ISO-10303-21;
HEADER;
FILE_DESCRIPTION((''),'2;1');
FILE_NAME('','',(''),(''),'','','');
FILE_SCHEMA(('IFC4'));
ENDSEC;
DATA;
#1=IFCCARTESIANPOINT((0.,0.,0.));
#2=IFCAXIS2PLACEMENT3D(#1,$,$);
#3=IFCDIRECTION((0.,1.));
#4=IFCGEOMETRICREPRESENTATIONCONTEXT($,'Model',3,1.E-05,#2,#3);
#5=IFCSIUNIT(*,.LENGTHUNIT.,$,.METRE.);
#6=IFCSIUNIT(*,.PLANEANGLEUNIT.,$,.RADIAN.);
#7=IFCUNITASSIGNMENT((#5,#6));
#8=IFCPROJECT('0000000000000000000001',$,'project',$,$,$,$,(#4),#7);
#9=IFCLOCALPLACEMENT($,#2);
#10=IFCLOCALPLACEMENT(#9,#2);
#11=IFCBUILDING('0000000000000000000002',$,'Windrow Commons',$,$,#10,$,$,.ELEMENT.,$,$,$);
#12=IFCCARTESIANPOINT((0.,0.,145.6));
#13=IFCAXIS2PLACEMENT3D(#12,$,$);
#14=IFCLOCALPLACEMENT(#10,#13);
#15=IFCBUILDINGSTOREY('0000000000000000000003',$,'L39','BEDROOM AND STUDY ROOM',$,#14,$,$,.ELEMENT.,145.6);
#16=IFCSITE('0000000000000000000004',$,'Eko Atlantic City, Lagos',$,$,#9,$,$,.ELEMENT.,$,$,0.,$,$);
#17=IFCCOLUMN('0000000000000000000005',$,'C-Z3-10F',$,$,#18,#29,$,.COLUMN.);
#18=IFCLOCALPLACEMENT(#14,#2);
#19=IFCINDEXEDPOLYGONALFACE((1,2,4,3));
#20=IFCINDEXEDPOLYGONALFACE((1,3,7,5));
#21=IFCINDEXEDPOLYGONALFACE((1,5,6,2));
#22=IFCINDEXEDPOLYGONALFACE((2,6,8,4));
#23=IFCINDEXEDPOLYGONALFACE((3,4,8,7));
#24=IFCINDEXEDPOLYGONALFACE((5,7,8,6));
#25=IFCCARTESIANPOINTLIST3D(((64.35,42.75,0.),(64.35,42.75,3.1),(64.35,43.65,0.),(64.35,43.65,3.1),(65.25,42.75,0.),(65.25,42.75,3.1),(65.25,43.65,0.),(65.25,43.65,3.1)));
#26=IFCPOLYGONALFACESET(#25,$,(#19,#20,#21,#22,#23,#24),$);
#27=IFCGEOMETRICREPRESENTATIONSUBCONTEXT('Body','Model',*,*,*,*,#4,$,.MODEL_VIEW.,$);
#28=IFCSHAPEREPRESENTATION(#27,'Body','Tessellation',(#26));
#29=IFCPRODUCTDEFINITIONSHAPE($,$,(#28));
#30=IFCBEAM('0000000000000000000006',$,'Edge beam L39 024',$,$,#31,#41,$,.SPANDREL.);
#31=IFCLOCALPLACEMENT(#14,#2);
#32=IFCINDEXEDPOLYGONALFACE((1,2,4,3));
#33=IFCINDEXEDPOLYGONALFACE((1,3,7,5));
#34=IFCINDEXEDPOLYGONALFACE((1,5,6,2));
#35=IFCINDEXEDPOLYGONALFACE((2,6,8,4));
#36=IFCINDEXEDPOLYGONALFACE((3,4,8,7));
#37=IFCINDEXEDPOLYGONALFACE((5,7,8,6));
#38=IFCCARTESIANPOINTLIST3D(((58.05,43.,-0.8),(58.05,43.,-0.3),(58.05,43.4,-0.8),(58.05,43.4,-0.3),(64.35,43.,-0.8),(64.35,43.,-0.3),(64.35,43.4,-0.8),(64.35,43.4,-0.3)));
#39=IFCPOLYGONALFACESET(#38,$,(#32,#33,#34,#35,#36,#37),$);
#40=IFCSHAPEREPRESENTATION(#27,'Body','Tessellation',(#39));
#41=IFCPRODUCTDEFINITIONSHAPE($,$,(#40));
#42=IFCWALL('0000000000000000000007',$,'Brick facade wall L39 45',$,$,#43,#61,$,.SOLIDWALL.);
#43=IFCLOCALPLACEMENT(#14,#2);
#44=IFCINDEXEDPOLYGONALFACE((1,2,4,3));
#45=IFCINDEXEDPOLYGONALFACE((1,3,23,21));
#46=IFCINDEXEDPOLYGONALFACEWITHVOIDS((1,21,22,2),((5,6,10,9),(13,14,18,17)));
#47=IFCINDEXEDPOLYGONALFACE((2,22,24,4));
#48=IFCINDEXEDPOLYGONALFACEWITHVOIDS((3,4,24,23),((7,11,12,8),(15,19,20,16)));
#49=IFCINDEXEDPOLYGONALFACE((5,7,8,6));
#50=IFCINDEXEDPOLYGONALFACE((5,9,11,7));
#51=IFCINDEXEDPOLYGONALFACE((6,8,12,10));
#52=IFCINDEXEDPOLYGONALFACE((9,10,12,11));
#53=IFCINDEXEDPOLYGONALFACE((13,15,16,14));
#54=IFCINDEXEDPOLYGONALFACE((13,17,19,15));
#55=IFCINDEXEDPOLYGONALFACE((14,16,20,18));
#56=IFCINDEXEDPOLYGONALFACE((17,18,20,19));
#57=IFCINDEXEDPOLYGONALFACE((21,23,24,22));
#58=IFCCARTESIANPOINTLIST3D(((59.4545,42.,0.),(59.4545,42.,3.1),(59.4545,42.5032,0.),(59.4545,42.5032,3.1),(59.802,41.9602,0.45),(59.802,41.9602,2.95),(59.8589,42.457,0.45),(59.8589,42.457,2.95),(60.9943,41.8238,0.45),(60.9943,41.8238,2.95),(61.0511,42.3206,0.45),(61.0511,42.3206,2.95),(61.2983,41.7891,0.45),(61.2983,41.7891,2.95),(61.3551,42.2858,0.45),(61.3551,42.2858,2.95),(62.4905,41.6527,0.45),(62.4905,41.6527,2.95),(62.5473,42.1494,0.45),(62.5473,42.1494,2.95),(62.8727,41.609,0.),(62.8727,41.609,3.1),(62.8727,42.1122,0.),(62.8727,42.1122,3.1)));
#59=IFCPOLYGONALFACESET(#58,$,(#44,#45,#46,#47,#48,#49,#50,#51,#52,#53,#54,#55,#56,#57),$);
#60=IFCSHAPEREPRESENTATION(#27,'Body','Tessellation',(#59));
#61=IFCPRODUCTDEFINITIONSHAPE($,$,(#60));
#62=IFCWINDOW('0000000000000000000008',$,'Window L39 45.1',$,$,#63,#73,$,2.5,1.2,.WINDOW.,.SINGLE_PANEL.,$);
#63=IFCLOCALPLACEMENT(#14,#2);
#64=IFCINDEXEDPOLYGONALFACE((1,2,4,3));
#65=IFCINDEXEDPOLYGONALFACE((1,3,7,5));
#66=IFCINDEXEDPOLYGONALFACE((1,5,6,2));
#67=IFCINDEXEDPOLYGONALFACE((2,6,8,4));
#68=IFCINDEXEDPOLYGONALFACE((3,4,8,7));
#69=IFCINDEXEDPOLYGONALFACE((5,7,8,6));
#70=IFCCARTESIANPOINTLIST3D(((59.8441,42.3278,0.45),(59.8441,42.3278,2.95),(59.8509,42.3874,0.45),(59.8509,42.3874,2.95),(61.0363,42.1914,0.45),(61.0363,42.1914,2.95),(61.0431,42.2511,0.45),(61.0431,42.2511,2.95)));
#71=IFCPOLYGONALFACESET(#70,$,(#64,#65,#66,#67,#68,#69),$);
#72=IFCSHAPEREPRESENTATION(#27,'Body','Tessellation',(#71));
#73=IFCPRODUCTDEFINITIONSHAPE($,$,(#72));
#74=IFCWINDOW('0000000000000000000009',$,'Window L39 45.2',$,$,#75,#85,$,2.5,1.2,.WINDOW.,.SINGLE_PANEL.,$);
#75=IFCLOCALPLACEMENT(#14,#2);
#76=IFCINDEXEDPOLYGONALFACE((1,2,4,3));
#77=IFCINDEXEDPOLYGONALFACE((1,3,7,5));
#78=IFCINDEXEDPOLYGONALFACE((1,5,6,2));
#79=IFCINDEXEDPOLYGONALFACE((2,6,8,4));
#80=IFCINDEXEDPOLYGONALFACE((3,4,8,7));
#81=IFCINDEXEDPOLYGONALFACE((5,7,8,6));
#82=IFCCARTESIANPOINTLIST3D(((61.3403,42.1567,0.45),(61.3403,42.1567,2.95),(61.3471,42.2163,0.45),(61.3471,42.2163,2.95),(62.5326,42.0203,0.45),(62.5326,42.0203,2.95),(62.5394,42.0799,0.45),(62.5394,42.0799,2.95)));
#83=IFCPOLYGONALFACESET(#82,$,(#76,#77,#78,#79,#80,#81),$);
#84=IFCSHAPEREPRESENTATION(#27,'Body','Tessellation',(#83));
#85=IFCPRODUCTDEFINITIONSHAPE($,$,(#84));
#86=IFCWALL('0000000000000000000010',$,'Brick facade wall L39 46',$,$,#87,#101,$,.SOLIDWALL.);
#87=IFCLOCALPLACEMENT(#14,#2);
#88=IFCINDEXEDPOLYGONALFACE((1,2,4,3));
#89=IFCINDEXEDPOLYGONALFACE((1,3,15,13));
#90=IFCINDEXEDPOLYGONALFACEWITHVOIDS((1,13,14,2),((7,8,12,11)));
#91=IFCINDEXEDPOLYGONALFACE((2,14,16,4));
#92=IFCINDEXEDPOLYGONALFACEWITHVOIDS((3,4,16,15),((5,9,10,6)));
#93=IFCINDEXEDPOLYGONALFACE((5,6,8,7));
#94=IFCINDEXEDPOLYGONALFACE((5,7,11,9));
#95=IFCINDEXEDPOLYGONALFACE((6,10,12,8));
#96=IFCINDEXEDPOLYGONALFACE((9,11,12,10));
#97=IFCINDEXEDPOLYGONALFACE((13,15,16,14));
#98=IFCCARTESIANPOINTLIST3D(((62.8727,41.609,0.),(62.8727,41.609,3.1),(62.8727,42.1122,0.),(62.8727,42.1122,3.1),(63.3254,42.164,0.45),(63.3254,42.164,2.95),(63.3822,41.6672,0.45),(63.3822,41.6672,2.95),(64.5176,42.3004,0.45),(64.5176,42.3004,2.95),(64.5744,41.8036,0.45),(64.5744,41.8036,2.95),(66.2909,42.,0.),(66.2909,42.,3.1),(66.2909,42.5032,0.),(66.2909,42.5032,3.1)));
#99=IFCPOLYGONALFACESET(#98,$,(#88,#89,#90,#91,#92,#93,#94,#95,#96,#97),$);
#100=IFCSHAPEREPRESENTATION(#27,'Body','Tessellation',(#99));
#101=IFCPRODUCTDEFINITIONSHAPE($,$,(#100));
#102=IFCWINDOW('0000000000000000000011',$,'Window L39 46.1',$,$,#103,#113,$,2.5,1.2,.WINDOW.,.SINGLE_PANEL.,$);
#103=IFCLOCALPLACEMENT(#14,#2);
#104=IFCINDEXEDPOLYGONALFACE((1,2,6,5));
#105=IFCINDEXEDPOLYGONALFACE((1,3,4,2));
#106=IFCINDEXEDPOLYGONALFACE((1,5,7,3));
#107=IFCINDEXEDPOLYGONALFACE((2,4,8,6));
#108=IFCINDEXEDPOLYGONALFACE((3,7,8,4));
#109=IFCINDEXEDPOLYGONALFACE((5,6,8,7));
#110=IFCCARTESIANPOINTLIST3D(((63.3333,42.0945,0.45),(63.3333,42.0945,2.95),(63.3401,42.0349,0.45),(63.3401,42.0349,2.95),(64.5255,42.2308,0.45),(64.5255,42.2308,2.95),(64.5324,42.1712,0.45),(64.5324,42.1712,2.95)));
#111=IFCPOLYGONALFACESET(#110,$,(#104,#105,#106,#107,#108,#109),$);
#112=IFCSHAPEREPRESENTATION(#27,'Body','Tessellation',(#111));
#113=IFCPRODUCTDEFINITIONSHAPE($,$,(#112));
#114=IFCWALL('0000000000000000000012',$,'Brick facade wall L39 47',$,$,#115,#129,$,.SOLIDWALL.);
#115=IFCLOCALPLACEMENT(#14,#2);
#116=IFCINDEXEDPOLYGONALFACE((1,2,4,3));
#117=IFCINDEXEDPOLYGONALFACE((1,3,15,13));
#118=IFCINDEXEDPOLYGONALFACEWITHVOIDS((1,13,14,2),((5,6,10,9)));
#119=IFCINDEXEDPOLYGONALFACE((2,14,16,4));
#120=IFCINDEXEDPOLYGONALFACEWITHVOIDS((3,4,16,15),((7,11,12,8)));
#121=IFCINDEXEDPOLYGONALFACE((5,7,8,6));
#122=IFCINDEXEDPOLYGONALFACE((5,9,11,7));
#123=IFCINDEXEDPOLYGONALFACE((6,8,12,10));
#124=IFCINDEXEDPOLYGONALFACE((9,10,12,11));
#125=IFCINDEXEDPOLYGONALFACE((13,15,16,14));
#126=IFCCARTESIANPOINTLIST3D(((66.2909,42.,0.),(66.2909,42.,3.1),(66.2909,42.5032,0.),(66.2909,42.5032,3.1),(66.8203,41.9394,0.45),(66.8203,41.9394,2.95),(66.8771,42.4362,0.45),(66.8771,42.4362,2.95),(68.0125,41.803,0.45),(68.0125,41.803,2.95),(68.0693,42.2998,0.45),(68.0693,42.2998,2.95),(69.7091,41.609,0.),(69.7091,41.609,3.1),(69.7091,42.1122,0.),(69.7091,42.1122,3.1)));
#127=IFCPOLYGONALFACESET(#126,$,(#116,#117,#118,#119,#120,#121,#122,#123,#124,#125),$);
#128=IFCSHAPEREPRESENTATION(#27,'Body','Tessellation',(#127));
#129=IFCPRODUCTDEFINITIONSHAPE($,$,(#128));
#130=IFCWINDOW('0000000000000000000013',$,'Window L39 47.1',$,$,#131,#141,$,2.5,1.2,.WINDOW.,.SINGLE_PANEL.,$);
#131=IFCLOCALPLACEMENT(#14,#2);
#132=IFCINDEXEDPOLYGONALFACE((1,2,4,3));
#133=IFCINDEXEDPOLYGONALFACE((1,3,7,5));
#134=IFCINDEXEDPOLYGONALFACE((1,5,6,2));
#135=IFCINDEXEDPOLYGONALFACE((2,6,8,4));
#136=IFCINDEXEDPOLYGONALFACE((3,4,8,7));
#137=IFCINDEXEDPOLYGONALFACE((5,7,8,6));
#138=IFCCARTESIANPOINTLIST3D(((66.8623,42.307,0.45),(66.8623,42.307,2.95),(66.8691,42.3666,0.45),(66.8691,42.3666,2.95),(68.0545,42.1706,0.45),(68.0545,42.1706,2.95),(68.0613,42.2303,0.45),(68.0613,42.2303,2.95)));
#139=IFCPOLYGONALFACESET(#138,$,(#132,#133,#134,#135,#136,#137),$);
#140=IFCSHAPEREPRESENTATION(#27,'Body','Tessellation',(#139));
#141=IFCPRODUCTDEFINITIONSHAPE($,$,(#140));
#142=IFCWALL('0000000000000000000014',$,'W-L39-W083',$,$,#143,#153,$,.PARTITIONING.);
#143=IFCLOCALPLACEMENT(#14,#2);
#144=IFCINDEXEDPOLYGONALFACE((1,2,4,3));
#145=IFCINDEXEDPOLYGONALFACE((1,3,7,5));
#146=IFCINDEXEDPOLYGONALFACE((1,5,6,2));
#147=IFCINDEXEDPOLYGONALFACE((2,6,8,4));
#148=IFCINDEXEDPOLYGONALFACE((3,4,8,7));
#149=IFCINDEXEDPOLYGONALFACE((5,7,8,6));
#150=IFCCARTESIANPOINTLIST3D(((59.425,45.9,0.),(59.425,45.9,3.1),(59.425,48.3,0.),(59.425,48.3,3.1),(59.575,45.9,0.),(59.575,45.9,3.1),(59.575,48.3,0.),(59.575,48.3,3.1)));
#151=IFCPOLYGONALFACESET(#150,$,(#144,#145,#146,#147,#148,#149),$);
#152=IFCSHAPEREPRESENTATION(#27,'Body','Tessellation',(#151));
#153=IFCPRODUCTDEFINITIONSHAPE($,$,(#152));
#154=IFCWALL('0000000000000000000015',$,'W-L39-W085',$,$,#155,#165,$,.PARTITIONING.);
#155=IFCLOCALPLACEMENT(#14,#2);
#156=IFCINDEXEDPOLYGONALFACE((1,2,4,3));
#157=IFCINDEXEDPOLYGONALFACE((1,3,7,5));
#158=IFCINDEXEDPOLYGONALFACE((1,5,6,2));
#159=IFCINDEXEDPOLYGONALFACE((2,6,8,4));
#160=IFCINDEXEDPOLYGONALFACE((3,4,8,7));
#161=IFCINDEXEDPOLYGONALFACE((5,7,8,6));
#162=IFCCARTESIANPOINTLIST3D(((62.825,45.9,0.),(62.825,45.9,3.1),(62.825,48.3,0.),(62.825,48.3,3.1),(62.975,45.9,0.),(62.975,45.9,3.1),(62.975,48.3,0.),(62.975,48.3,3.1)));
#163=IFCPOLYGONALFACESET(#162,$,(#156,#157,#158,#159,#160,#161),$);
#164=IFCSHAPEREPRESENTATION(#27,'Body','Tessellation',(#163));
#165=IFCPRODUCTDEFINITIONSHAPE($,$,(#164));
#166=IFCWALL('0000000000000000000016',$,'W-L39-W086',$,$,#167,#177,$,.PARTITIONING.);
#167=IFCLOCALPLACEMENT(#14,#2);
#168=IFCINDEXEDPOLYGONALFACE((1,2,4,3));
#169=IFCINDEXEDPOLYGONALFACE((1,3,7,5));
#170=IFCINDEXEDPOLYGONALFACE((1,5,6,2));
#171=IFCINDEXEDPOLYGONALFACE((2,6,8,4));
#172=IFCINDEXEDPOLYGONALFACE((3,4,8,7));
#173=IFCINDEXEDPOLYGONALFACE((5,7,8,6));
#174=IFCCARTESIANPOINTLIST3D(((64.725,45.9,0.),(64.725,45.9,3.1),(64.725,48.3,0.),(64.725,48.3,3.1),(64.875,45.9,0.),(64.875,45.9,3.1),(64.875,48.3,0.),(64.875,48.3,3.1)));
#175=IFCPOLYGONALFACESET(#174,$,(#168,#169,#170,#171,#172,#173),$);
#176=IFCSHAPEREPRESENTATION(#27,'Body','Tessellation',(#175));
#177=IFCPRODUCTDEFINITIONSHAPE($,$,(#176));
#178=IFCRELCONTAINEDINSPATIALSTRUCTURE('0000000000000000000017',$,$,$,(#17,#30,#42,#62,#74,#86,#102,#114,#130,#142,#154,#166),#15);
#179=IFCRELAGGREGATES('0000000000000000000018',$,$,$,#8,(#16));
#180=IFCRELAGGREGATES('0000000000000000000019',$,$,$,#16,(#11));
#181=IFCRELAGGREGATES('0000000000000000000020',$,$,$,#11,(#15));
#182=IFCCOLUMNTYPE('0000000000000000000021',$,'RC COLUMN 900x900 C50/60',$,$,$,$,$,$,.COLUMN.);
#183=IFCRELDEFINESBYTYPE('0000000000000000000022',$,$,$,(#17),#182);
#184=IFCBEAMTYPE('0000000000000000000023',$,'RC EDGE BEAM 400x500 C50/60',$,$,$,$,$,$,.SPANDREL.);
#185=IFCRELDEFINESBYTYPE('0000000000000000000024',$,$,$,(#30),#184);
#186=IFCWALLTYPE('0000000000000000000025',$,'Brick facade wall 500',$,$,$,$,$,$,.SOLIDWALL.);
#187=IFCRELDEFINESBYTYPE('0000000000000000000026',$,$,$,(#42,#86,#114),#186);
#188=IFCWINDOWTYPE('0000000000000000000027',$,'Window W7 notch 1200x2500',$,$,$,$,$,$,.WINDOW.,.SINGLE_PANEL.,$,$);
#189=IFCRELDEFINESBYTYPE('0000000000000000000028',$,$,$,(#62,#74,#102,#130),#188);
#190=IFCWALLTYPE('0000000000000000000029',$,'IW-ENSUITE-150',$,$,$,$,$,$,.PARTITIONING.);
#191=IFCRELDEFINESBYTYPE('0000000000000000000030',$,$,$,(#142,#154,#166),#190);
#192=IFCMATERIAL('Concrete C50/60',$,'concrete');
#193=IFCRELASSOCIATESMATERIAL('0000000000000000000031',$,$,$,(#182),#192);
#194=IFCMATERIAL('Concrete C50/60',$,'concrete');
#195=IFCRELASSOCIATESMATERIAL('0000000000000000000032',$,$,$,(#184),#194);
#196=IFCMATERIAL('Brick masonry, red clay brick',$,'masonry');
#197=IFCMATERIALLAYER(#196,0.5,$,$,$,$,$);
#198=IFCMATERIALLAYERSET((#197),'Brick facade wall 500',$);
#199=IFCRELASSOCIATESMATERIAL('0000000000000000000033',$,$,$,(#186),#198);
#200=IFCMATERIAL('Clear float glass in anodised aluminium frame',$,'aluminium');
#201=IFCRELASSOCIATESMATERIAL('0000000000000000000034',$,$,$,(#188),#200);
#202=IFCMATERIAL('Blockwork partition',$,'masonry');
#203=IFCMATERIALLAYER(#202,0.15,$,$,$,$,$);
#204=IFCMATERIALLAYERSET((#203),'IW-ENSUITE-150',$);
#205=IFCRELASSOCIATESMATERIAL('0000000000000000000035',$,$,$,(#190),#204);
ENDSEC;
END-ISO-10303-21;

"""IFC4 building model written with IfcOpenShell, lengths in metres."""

from ifc_helpers import new_model, si_unit, direction, frame, frame_2d, origin, origin_2d, place, context, subcontext, project, spatial, polyline, rectangle, outline, extrude, material, layer, layer_set, material_profile, profile_set, type_object, element, fill, save


model = new_model("IFC4")

# Units and contexts
model_context = context("Model", 3, precision=1e-05, world=origin(), true_north=direction((0.0, 1.0)))
body_context = subcontext(model_context, "Body", "Model", "MODEL_VIEW")
ifc_project = project(units=[si_unit("LENGTHUNIT", "METRE"), si_unit("PLANEANGLEUNIT", "RADIAN")], contexts=[model_context])

# Site, building, storey
site_placement = place(None, origin())
site = spatial("IfcSite", under=ifc_project, at=site_placement, Name="Eko Atlantic City, Lagos", CompositionType="ELEMENT", RefElevation=0.0)
building_placement = place(site_placement, origin())
building = spatial("IfcBuilding", under=site, at=building_placement, Name="Windrow Commons", CompositionType="ELEMENT")
storey_placement = place(building_placement, frame((0.0, 0.0, 145.6)))
storey = spatial("IfcBuildingStorey", under=building, at=storey_placement, Name="L39", Description="BEDROOM AND STUDY ROOM", CompositionType="ELEMENT", Elevation=145.6)

# Column
ifc_material_1 = material(Name="Concrete C50/60", Category="concrete")
ifc_material_profile_1 = material_profile(ifc_material_1, rectangle(XDim=0.9, YDim=0.9, at=origin_2d()))
ifc_profile_set_1 = profile_set([ifc_material_profile_1], Name="Concrete C50/60")
column_type = type_object("IfcColumnType", Name="RC COLUMN 900x900 C50/60", PredefinedType="COLUMN", material=ifc_profile_set_1)
column_placement = place(storey_placement, frame((64.8, 43.2, 0.0), z_axis=(0.0, 0.0, 1.0), x_axis=(1.0, 0.0, 0.0)))
element("IfcColumn", 1, at=column_placement, inside=storey, type_object=column_type, Name="C-Z3-10F", PredefinedType="COLUMN", context=body_context, shape_type="SweptSolid", body=[
    extrude(rectangle(XDim=0.9, YDim=0.9, at=origin_2d()), origin(), (0.0, 0.0, 1.0), 3.1),
])

# Beam
ifc_material_2 = material(Name="Concrete C50/60", Category="concrete")
ifc_material_profile_2 = material_profile(ifc_material_2, rectangle(XDim=0.4, YDim=0.5, at=origin_2d()))
ifc_profile_set_2 = profile_set([ifc_material_profile_2], Name="Concrete C50/60")
beam_type = type_object("IfcBeamType", Name="RC EDGE BEAM 400x500 C50/60", PredefinedType="SPANDREL", material=ifc_profile_set_2)
beam_placement = place(storey_placement, frame((64.35, 43.2, -0.55), z_axis=(-1.0, 0.0, 0.0), x_axis=(0.0, -1.0, 0.0)))
element("IfcBeam", 2, at=beam_placement, inside=storey, type_object=beam_type, Name="Edge beam L39 024", PredefinedType="SPANDREL", context=body_context, shape_type="SweptSolid", body=[
    extrude(rectangle(XDim=0.4, YDim=0.5, at=origin_2d()), origin(), (0.0, 0.0, 1.0), 6.3),
])

# Wall, openings, windows
ifc_material_3 = material(Name="Brick masonry, red clay brick", Category="masonry")
ifc_layer_1 = layer(ifc_material_3, 0.5)
ifc_layer_set_1 = layer_set([ifc_layer_1], Name="Brick facade wall 500")
wall_type_1 = type_object("IfcWallType", Name="Brick facade wall 500", PredefinedType="SOLIDWALL", material=ifc_layer_set_1)
wall_1_placement = place(storey_placement, frame((59.4545, 42.2516, 0.0), z_axis=(0.0, 0.0, 1.0), x_axis=(0.993521, -0.113647, 0.0)))
wall_1 = element("IfcWall", 3, at=wall_1_placement, inside=storey, type_object=wall_type_1, Name="Brick facade wall L39 45", PredefinedType="SOLIDWALL", context=body_context, shape_type="SweptSolid", body=[
    extrude(outline(polyline([(0.0286, -0.25), (3.4691, -0.25), (3.4119, 0.25), (-0.0286, 0.25), (0.0286, -0.25)])), origin(), (0.0, 0.0, 1.0), 3.1),
])
opening_1_placement = place(wall_1_placement, frame((0.3784, 0.0, 0.45)))
opening_1 = element("IfcOpeningElement", 4, at=opening_1_placement, cuts=wall_1, PredefinedType="OPENING", context=body_context, shape_type="SweptSolid", body=[
    extrude(rectangle(XDim=1.2, YDim=2.5, at=frame_2d((0.6, 1.25))), frame((0.0, 0.26, 0.0), z_axis=(0.0, -1.0, 0.0), x_axis=(1.0, 0.0, 0.0)), (0.0, 0.0, 1.0), 0.52),
])
opening_2_placement = place(wall_1_placement, frame((1.8844, 0.0, 0.45)))
opening_2 = element("IfcOpeningElement", 5, at=opening_2_placement, cuts=wall_1, PredefinedType="OPENING", context=body_context, shape_type="SweptSolid", body=[
    extrude(rectangle(XDim=1.2, YDim=2.5, at=frame_2d((0.6, 1.25))), frame((0.0, 0.26, 0.0), z_axis=(0.0, -1.0, 0.0), x_axis=(1.0, 0.0, 0.0)), (0.0, 0.0, 1.0), 0.52),
])
ifc_material_4 = material(Name="Clear float glass in anodised aluminium frame", Category="aluminium")
window_type = type_object("IfcWindowType", Name="Window W7 notch 1200x2500", PartitioningType="SINGLE_PANEL", PredefinedType="WINDOW", material=ifc_material_4)
window_1_placement = place(opening_1_placement, origin())
window_1 = element("IfcWindow", 6, at=window_1_placement, inside=storey, type_object=window_type, Name="Window L39 45.1", OverallHeight=2.5, OverallWidth=1.2, PartitioningType="SINGLE_PANEL", PredefinedType="WINDOW", context=body_context, shape_type="SweptSolid", body=[
    extrude(rectangle(XDim=1.2, YDim=2.5, at=frame_2d((0.6, 1.25))), frame((0.0, 0.18, 0.0), z_axis=(0.0, -1.0, 0.0), x_axis=(1.0, 0.0, 0.0)), (0.0, 0.0, 1.0), 0.06),
])
fill(opening_1, window_1)
window_2_placement = place(opening_2_placement, origin())
window_2 = element("IfcWindow", 7, at=window_2_placement, inside=storey, type_object=window_type, Name="Window L39 45.2", OverallHeight=2.5, OverallWidth=1.2, PartitioningType="SINGLE_PANEL", PredefinedType="WINDOW", context=body_context, shape_type="SweptSolid", body=[
    extrude(rectangle(XDim=1.2, YDim=2.5, at=frame_2d((0.6, 1.25))), frame((0.0, 0.18, 0.0), z_axis=(0.0, -1.0, 0.0), x_axis=(1.0, 0.0, 0.0)), (0.0, 0.0, 1.0), 0.06),
])
fill(opening_2, window_2)

# Walls, openings, windows
wall_2_placement = place(storey_placement, frame((62.8727, 41.8606, 0.0), z_axis=(0.0, 0.0, 1.0), x_axis=(0.993521, 0.113647, 0.0)))
wall_2 = element("IfcWall", 8, at=wall_2_placement, inside=storey, type_object=wall_type_1, Name="Brick facade wall L39 46", PredefinedType="SOLIDWALL", context=body_context, shape_type="SweptSolid", body=[
    extrude(outline(polyline([(-0.0286, -0.25), (3.4119, -0.25), (3.4691, 0.25), (0.0286, 0.25), (-0.0286, -0.25)])), origin(), (0.0, 0.0, 1.0), 3.1),
])
opening_3_placement = place(wall_2_placement, frame((0.4842, 0.0, 0.45)))
opening_3 = element("IfcOpeningElement", 9, at=opening_3_placement, cuts=wall_2, PredefinedType="OPENING", context=body_context, shape_type="SweptSolid", body=[
    extrude(rectangle(XDim=1.2, YDim=2.5, at=frame_2d((0.6, 1.25))), frame((0.0, 0.26, 0.0), z_axis=(0.0, -1.0, 0.0), x_axis=(1.0, 0.0, 0.0)), (0.0, 0.0, 1.0), 0.52),
])
window_3_placement = place(opening_3_placement, origin())
window_3 = element("IfcWindow", 10, at=window_3_placement, inside=storey, type_object=window_type, Name="Window L39 46.1", OverallHeight=2.5, OverallWidth=1.2, PartitioningType="SINGLE_PANEL", PredefinedType="WINDOW", context=body_context, shape_type="SweptSolid", body=[
    extrude(rectangle(XDim=1.2, YDim=2.5, at=frame_2d((0.6, 1.25))), frame((0.0, 0.18, 0.0), z_axis=(0.0, -1.0, 0.0), x_axis=(1.0, 0.0, 0.0)), (0.0, 0.0, 1.0), 0.06),
])
fill(opening_3, window_3)
wall_3_placement = place(storey_placement, frame((66.2909, 42.2516, 0.0), z_axis=(0.0, 0.0, 1.0), x_axis=(0.993521, -0.113647, 0.0)))
wall_3 = element("IfcWall", 11, at=wall_3_placement, inside=storey, type_object=wall_type_1, Name="Brick facade wall L39 47", PredefinedType="SOLIDWALL", context=body_context, shape_type="SweptSolid", body=[
    extrude(outline(polyline([(0.0286, -0.25), (3.4691, -0.25), (3.4119, 0.25), (-0.0286, 0.25), (0.0286, -0.25)])), origin(), (0.0, 0.0, 1.0), 3.1),
])
opening_4_placement = place(wall_3_placement, frame((0.5614, 0.0, 0.45)))
opening_4 = element("IfcOpeningElement", 12, at=opening_4_placement, cuts=wall_3, PredefinedType="OPENING", context=body_context, shape_type="SweptSolid", body=[
    extrude(rectangle(XDim=1.2, YDim=2.5, at=frame_2d((0.6, 1.25))), frame((0.0, 0.26, 0.0), z_axis=(0.0, -1.0, 0.0), x_axis=(1.0, 0.0, 0.0)), (0.0, 0.0, 1.0), 0.52),
])
window_4_placement = place(opening_4_placement, origin())
window_4 = element("IfcWindow", 13, at=window_4_placement, inside=storey, type_object=window_type, Name="Window L39 47.1", OverallHeight=2.5, OverallWidth=1.2, PartitioningType="SINGLE_PANEL", PredefinedType="WINDOW", context=body_context, shape_type="SweptSolid", body=[
    extrude(rectangle(XDim=1.2, YDim=2.5, at=frame_2d((0.6, 1.25))), frame((0.0, 0.18, 0.0), z_axis=(0.0, -1.0, 0.0), x_axis=(1.0, 0.0, 0.0)), (0.0, 0.0, 1.0), 0.06),
])
fill(opening_4, window_4)

# Walls
ifc_material_5 = material(Name="Blockwork partition", Category="masonry")
ifc_layer_2 = layer(ifc_material_5, 0.15)
ifc_layer_set_2 = layer_set([ifc_layer_2], Name="IW-ENSUITE-150")
wall_type_2 = type_object("IfcWallType", Name="IW-ENSUITE-150", PredefinedType="PARTITIONING", material=ifc_layer_set_2)
for number, where, z_axis, x_axis, name in (
    (14, (59.5, 45.9, 0.0), (0.0, 0.0, 1.0), (0.0, 1.0, 0.0), "W-L39-W083"),
    (15, (62.9, 45.9, 0.0), (0.0, 0.0, 1.0), (0.0, 1.0, 0.0), "W-L39-W085"),
    (16, (64.8, 45.9, 0.0), (0.0, 0.0, 1.0), (0.0, 1.0, 0.0), "W-L39-W086"),
):
    element("IfcWall", number, at=place(storey_placement, frame(where, z_axis=z_axis, x_axis=x_axis)), inside=storey, type_object=wall_type_2, Name=name, PredefinedType="PARTITIONING", context=body_context, shape_type="SweptSolid", body=[
        extrude(rectangle(XDim=2.4, YDim=0.15, at=frame_2d((1.2, 0.0))), origin(), (0.0, 0.0, 1.0), 3.1),
    ])

save(model, "model.ifc")
